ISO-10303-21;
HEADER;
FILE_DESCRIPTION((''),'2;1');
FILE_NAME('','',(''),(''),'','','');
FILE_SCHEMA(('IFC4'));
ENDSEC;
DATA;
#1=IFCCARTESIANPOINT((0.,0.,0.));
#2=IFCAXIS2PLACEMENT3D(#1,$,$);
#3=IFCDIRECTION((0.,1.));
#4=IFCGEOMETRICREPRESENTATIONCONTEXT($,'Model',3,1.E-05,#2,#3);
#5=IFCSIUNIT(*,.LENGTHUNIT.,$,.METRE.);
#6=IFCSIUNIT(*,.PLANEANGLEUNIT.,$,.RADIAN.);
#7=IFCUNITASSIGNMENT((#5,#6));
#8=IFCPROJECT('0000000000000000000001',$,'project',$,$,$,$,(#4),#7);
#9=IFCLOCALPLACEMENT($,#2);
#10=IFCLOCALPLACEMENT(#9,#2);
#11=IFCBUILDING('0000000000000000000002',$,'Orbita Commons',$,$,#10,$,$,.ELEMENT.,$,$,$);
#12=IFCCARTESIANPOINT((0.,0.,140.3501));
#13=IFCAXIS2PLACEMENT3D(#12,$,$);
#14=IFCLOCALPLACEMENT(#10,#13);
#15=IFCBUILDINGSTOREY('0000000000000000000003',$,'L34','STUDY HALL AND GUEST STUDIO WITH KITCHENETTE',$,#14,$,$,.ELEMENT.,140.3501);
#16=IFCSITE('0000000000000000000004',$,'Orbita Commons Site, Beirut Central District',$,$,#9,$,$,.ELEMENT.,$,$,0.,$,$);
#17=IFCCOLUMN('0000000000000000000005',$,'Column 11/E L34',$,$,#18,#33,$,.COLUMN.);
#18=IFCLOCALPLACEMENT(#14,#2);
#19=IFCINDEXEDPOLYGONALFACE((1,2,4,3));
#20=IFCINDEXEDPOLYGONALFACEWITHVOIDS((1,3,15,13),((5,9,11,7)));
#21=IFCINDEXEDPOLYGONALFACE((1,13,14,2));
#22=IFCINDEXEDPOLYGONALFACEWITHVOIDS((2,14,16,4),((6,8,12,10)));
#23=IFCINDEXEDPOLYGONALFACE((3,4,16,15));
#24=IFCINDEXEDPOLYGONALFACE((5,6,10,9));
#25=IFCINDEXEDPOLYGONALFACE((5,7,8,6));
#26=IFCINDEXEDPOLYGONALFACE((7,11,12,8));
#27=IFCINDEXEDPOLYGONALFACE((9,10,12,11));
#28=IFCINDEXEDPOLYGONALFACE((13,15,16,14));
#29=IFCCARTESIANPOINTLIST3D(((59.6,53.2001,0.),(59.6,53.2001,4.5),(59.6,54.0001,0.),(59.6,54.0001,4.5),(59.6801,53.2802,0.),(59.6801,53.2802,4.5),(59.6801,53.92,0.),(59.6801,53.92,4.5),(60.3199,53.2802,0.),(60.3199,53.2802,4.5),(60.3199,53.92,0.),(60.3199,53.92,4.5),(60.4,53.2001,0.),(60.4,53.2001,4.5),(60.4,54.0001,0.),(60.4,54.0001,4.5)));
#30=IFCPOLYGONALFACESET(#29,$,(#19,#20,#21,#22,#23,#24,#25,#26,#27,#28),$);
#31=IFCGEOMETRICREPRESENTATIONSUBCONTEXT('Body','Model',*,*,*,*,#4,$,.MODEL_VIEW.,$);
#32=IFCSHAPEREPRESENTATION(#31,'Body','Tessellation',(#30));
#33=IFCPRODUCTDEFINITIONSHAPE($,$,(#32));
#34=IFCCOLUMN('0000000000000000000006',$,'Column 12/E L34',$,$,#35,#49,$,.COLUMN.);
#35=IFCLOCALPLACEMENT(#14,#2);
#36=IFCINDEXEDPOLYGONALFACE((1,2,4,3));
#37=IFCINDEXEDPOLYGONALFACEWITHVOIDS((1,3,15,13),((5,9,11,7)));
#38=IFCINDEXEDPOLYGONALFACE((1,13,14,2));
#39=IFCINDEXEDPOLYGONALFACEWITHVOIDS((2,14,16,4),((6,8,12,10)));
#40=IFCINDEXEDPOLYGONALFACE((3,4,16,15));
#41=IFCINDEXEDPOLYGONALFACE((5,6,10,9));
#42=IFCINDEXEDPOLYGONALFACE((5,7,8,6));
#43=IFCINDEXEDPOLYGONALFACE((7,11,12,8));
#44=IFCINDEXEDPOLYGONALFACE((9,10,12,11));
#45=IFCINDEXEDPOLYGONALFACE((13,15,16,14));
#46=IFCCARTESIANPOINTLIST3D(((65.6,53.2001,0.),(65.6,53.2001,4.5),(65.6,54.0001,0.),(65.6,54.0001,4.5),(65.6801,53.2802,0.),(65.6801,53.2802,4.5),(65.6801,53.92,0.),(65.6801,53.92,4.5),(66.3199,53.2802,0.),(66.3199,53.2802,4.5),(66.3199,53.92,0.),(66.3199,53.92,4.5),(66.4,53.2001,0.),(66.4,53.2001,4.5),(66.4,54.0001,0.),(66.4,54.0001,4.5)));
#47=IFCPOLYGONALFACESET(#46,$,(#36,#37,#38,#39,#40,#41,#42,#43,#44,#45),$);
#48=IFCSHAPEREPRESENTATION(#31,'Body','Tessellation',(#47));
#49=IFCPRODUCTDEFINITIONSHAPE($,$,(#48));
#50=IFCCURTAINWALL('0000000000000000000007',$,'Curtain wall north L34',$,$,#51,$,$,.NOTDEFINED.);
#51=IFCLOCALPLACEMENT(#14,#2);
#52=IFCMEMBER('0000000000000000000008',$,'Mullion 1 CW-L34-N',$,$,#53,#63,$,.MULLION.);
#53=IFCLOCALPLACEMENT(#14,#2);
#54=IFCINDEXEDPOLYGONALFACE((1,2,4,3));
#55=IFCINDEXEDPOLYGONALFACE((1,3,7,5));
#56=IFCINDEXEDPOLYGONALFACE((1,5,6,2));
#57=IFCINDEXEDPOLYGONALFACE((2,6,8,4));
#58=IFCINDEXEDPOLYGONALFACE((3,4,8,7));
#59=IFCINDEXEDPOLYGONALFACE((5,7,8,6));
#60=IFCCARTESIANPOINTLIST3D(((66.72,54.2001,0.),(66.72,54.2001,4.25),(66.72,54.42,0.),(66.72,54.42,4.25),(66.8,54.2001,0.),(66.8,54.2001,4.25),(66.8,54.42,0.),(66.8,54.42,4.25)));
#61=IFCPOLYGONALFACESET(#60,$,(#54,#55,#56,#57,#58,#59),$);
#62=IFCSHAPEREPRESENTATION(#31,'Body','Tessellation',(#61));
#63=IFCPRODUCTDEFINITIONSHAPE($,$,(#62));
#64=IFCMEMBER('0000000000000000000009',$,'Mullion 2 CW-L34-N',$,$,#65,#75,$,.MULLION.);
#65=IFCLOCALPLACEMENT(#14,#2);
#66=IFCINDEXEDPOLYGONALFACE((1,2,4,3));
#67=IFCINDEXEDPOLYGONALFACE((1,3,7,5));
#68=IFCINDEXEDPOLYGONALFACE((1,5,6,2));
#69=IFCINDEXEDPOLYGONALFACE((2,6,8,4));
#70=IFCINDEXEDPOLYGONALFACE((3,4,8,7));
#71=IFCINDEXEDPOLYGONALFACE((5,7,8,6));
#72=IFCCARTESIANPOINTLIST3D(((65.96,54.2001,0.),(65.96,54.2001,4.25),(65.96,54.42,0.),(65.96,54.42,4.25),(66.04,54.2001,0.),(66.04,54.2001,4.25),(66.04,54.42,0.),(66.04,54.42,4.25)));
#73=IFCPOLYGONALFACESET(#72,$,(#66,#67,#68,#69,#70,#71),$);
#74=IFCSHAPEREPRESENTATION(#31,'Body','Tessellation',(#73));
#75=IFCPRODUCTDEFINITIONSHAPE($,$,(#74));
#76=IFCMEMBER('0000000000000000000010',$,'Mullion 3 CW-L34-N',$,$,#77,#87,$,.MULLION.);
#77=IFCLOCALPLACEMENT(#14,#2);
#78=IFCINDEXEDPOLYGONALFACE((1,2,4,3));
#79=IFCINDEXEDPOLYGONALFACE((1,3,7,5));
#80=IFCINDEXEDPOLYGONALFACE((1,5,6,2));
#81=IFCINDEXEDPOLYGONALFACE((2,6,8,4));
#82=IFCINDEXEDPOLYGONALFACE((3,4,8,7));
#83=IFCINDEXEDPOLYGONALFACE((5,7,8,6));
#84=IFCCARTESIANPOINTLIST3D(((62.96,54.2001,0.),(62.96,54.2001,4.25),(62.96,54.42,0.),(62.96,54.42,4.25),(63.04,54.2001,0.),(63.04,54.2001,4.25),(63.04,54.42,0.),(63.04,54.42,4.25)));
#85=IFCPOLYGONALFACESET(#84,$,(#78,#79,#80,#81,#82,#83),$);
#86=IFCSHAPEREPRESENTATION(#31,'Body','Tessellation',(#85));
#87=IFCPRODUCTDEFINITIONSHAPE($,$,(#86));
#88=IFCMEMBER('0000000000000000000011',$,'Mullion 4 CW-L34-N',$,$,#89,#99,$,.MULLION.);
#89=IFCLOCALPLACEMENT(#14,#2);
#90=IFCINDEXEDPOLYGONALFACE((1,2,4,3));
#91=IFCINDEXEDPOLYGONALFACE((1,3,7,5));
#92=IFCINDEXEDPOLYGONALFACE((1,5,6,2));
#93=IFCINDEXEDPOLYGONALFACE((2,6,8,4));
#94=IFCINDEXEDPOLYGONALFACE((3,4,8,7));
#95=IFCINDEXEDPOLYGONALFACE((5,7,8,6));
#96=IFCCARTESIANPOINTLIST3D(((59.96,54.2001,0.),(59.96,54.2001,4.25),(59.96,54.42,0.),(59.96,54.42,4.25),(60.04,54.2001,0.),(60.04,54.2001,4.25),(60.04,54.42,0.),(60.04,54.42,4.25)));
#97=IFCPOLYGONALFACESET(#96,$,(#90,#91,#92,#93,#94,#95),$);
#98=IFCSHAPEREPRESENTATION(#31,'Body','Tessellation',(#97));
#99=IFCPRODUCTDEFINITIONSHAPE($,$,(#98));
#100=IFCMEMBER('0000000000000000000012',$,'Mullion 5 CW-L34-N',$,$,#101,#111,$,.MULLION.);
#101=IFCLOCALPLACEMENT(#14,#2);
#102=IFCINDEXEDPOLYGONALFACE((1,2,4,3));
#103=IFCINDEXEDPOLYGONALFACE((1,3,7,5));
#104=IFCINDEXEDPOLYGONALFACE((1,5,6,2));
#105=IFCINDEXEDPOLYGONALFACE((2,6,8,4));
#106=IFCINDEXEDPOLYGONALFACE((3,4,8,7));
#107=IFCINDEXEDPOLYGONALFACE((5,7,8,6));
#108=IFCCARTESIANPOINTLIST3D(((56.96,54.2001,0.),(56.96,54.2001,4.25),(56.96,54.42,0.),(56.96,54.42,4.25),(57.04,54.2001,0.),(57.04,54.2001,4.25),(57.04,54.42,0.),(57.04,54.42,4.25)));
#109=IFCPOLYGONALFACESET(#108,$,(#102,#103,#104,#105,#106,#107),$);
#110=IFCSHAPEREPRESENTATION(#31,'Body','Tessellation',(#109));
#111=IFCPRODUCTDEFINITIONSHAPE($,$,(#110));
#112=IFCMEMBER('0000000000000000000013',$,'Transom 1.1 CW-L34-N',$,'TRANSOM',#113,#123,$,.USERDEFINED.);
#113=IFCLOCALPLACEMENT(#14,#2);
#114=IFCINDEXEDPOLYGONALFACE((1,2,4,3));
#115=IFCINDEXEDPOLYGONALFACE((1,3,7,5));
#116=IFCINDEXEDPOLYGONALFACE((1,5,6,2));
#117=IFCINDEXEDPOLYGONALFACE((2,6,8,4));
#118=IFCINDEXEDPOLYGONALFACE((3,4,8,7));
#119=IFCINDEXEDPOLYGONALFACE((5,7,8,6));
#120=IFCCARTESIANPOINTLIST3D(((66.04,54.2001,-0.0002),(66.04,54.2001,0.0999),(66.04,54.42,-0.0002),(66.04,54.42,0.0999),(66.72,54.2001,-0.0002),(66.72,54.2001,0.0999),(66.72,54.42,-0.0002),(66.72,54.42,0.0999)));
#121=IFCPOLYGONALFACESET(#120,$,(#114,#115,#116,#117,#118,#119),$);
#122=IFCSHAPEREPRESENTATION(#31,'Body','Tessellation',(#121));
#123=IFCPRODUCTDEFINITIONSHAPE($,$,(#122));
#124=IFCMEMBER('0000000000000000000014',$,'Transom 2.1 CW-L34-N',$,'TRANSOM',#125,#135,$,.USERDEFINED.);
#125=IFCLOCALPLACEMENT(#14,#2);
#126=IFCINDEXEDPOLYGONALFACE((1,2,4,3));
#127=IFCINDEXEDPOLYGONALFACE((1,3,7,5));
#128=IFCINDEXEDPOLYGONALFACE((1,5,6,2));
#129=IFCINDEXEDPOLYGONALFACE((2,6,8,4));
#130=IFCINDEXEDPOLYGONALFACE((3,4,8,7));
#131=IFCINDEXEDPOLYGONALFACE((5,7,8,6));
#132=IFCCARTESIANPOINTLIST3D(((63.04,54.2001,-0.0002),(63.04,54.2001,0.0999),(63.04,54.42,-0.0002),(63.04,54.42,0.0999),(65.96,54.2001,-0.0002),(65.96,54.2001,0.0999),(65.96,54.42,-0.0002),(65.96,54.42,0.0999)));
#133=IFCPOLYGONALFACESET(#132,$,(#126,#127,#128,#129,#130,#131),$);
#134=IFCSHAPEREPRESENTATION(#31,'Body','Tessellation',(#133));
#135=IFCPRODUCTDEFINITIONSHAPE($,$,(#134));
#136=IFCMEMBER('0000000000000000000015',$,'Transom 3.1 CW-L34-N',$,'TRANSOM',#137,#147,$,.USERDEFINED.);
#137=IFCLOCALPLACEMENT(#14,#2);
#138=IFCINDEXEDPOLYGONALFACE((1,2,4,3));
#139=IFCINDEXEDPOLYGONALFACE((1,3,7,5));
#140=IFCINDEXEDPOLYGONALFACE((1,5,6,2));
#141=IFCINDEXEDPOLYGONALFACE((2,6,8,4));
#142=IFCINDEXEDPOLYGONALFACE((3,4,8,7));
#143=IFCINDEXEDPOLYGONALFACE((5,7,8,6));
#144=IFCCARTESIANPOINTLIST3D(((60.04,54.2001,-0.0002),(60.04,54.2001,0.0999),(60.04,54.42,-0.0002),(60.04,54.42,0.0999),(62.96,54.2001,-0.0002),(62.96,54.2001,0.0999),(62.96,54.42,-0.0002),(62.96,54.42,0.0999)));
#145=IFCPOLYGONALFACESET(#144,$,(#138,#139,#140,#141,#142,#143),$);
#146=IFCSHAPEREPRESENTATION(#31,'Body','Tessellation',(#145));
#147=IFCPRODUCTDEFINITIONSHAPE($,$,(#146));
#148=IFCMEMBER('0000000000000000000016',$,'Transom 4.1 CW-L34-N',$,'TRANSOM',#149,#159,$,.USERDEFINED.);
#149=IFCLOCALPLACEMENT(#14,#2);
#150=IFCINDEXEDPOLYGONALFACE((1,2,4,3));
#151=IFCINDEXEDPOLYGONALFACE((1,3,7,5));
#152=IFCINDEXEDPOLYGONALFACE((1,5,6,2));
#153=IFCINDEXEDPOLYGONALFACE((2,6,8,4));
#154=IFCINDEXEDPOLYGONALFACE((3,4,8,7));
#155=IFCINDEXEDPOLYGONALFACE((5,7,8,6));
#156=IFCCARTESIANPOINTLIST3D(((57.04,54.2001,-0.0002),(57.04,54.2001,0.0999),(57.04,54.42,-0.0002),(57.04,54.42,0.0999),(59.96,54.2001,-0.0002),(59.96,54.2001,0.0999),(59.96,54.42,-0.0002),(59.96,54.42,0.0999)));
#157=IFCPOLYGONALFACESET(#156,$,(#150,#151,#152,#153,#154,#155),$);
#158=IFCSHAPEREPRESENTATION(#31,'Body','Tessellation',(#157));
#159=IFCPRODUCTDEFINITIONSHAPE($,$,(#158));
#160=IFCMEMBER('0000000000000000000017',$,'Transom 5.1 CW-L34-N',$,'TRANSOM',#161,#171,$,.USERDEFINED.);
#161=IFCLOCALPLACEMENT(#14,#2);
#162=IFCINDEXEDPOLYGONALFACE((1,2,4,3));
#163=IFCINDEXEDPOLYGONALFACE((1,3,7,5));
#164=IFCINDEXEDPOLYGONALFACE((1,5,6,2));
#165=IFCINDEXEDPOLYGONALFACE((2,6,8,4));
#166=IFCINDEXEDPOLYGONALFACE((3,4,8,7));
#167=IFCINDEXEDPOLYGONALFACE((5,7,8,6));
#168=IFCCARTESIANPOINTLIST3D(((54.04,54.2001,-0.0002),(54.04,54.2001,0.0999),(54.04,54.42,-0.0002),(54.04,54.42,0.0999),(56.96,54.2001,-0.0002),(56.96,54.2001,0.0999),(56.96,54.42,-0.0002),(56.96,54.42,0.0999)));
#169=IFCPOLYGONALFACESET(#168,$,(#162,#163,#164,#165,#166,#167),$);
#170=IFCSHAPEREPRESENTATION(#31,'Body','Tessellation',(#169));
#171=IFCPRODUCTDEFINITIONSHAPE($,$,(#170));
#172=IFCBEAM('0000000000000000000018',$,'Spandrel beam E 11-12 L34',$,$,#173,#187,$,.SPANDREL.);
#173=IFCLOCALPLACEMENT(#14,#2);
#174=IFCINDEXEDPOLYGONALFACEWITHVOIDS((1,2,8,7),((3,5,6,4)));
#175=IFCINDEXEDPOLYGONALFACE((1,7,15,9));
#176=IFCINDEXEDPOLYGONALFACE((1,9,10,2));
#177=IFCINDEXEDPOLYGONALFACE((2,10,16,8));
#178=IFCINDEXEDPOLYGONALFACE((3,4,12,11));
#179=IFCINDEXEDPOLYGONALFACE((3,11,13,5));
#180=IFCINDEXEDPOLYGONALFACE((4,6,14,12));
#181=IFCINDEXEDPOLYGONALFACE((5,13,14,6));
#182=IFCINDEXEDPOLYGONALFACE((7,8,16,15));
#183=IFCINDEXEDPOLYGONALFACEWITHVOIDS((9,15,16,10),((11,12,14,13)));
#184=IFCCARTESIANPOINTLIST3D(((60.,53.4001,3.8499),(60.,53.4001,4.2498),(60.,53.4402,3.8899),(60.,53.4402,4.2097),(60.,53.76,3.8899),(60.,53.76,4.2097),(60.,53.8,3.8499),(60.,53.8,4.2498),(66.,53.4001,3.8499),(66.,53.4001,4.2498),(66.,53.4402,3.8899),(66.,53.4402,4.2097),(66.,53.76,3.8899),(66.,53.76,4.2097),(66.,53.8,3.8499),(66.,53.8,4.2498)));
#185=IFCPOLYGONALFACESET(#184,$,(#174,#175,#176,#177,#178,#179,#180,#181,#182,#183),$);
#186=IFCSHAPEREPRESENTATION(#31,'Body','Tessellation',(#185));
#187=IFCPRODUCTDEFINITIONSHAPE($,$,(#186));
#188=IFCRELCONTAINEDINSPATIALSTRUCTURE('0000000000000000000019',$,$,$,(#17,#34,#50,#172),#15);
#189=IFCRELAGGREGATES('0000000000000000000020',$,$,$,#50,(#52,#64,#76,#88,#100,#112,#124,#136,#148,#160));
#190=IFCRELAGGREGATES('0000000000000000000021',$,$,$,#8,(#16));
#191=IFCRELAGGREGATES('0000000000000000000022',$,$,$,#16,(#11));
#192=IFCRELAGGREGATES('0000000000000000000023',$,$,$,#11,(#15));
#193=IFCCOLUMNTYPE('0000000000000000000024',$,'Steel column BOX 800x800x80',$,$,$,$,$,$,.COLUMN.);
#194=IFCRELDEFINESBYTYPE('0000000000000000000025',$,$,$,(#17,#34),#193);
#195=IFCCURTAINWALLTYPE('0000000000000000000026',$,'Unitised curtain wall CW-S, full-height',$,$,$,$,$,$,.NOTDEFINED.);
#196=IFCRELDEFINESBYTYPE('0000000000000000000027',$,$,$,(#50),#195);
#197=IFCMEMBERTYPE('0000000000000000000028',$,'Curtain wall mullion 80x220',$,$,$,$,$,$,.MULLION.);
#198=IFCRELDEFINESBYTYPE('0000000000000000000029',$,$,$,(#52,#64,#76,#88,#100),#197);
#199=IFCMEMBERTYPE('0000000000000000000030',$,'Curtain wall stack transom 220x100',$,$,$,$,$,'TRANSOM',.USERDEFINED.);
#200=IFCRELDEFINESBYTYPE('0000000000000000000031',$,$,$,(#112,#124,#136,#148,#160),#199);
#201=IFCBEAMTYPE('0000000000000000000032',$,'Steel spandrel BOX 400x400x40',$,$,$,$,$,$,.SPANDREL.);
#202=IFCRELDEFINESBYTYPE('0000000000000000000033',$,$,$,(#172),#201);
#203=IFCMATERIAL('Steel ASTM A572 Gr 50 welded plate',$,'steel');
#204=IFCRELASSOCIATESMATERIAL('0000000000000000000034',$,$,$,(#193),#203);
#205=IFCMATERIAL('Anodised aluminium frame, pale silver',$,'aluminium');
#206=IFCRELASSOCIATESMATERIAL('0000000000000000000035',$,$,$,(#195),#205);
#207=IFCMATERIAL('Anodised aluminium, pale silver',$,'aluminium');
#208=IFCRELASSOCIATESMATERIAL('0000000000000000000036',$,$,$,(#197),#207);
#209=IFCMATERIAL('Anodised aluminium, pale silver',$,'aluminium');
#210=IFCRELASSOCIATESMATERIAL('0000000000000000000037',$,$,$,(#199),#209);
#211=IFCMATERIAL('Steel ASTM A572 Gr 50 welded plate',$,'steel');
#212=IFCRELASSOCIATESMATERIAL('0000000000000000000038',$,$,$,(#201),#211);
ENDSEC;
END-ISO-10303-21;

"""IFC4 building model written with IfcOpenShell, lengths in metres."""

from ifc_helpers import new_model, si_unit, direction, frame, origin, origin_2d, place, context, subcontext, project, spatial, rectangle, hollow_rectangle, extrude, material, material_profile, profile_set, type_object, element, aggregate, save


model = new_model("IFC4")

# Units and contexts
model_context = context("Model", 3, precision=1e-05, world=origin(), true_north=direction((0.0, 1.0)))
body_context = subcontext(model_context, "Body", "Model", "MODEL_VIEW")
ifc_project = project(units=[si_unit("LENGTHUNIT", "METRE"), si_unit("PLANEANGLEUNIT", "RADIAN")], contexts=[model_context])

# Site, building, storey
site_placement = place(None, origin())
site = spatial("IfcSite", under=ifc_project, at=site_placement, Name="Orbita Commons Site, Beirut Central District", CompositionType="ELEMENT", RefElevation=0.0)
building_placement = place(site_placement, origin())
building = spatial("IfcBuilding", under=site, at=building_placement, Name="Orbita Commons", CompositionType="ELEMENT")
storey_placement = place(building_placement, frame((0.0, 0.0, 140.3501)))
storey = spatial("IfcBuildingStorey", under=building, at=storey_placement, Name="L34", Description="STUDY HALL AND GUEST STUDIO WITH KITCHENETTE", CompositionType="ELEMENT", Elevation=140.3501)

# Columns
ifc_material_1 = material(Name="Steel ASTM A572 Gr 50 welded plate", Category="steel")
ifc_material_profile_1 = material_profile(ifc_material_1, hollow_rectangle(XDim=0.8, YDim=0.8, WallThickness=0.0801, at=origin_2d()), Name="BOX 800x800x80")
ifc_profile_set_1 = profile_set([ifc_material_profile_1], Name="Steel ASTM A572 Gr 50 welded plate")
column_type = type_object("IfcColumnType", Name="Steel column BOX 800x800x80", PredefinedType="COLUMN", material=ifc_profile_set_1)
for number, where, z_axis, x_axis, name in (
    (1, (60.0, 53.6001, 0.0), (0.0, 0.0, 1.0), (1.0, 0.0, 0.0), "Column 11/E L34"),
    (2, (66.0, 53.6001, 0.0), (0.0, 0.0, 1.0), (1.0, 0.0, 0.0), "Column 12/E L34"),
):
    element("IfcColumn", number, at=place(storey_placement, frame(where, z_axis=z_axis, x_axis=x_axis)), inside=storey, type_object=column_type, Name=name, PredefinedType="COLUMN", context=body_context, shape_type="SweptSolid", body=[
        extrude(hollow_rectangle(XDim=0.8, YDim=0.8, WallThickness=0.0801, at=origin_2d()), origin(), (0.0, 0.0, 1.0), 4.5),
    ])

# Curtain wall, members
ifc_material_2 = material(Name="Anodised aluminium frame, pale silver", Category="aluminium")
curtain_wall_type = type_object("IfcCurtainWallType", Name="Unitised curtain wall CW-S, full-height", PredefinedType="NOTDEFINED", material=ifc_material_2)
curtain_wall_placement = place(storey_placement, origin())
curtain_wall = element("IfcCurtainWall", 3, at=curtain_wall_placement, inside=storey, type_object=curtain_wall_type, Name="Curtain wall north L34", PredefinedType="NOTDEFINED")
ifc_material_3 = material(Name="Anodised aluminium, pale silver", Category="aluminium")
ifc_material_profile_2 = material_profile(ifc_material_3, rectangle(XDim=0.0801, YDim=0.22, at=origin_2d()), Name="AL 80x220")
ifc_profile_set_2 = profile_set([ifc_material_profile_2], Name="Anodised aluminium, pale silver")
member_type_1 = type_object("IfcMemberType", Name="Curtain wall mullion 80x220", PredefinedType="MULLION", material=ifc_profile_set_2)
member_1_placement = place(storey_placement, frame((66.76, 54.3101, 0.0), z_axis=(0.0, 0.0, 1.0), x_axis=(-1.0, 0.0, 0.0)))
member_1 = element("IfcMember", 4, at=member_1_placement, type_object=member_type_1, Name="Mullion 1 CW-L34-N", PredefinedType="MULLION", context=body_context, shape_type="SweptSolid", body=[
    extrude(rectangle(XDim=0.0801, YDim=0.22, at=origin_2d()), origin(), (0.0, 0.0, 1.0), 4.25),
])
member_2_placement = place(storey_placement, frame((66.0, 54.3101, 0.0), z_axis=(0.0, 0.0, 1.0), x_axis=(-1.0, 0.0, 0.0)))
member_2 = element("IfcMember", 5, at=member_2_placement, type_object=member_type_1, Name="Mullion 2 CW-L34-N", PredefinedType="MULLION", context=body_context, shape_type="SweptSolid", body=[
    extrude(rectangle(XDim=0.0801, YDim=0.22, at=origin_2d()), origin(), (0.0, 0.0, 1.0), 4.25),
])
member_3_placement = place(storey_placement, frame((63.0, 54.3101, 0.0), z_axis=(0.0, 0.0, 1.0), x_axis=(-1.0, 0.0, 0.0)))
member_3 = element("IfcMember", 6, at=member_3_placement, type_object=member_type_1, Name="Mullion 3 CW-L34-N", PredefinedType="MULLION", context=body_context, shape_type="SweptSolid", body=[
    extrude(rectangle(XDim=0.0801, YDim=0.22, at=origin_2d()), origin(), (0.0, 0.0, 1.0), 4.25),
])
member_4_placement = place(storey_placement, frame((60.0, 54.3101, 0.0), z_axis=(0.0, 0.0, 1.0), x_axis=(-1.0, 0.0, 0.0)))
member_4 = element("IfcMember", 7, at=member_4_placement, type_object=member_type_1, Name="Mullion 4 CW-L34-N", PredefinedType="MULLION", context=body_context, shape_type="SweptSolid", body=[
    extrude(rectangle(XDim=0.0801, YDim=0.22, at=origin_2d()), origin(), (0.0, 0.0, 1.0), 4.25),
])
member_5_placement = place(storey_placement, frame((57.0, 54.3101, 0.0), z_axis=(0.0, 0.0, 1.0), x_axis=(-1.0, 0.0, 0.0)))
member_5 = element("IfcMember", 8, at=member_5_placement, type_object=member_type_1, Name="Mullion 5 CW-L34-N", PredefinedType="MULLION", context=body_context, shape_type="SweptSolid", body=[
    extrude(rectangle(XDim=0.0801, YDim=0.22, at=origin_2d()), origin(), (0.0, 0.0, 1.0), 4.25),
])
ifc_material_4 = material(Name="Anodised aluminium, pale silver", Category="aluminium")
ifc_material_profile_3 = material_profile(ifc_material_4, rectangle(XDim=0.22, YDim=0.1001, at=origin_2d()), Name="AL 220x100")
ifc_profile_set_3 = profile_set([ifc_material_profile_3], Name="Anodised aluminium, pale silver")
member_type_2 = type_object("IfcMemberType", Name="Curtain wall stack transom 220x100", ElementType="TRANSOM", PredefinedType="USERDEFINED", material=ifc_profile_set_3)
member_6_placement = place(storey_placement, frame((66.72, 54.3101, 0.0498), z_axis=(-1.0, 0.0, 0.0), x_axis=(0.0, -1.0, 0.0)))
member_6 = element("IfcMember", 9, at=member_6_placement, type_object=member_type_2, Name="Transom 1.1 CW-L34-N", ObjectType="TRANSOM", PredefinedType="USERDEFINED", context=body_context, shape_type="SweptSolid", body=[
    extrude(rectangle(XDim=0.22, YDim=0.1001, at=origin_2d()), origin(), (0.0, 0.0, 1.0), 0.6799),
])
member_7_placement = place(storey_placement, frame((65.96, 54.3101, 0.0498), z_axis=(-1.0, 0.0, 0.0), x_axis=(0.0, -1.0, 0.0)))
member_7 = element("IfcMember", 10, at=member_7_placement, type_object=member_type_2, Name="Transom 2.1 CW-L34-N", ObjectType="TRANSOM", PredefinedType="USERDEFINED", context=body_context, shape_type="SweptSolid", body=[
    extrude(rectangle(XDim=0.22, YDim=0.1001, at=origin_2d()), origin(), (0.0, 0.0, 1.0), 2.9199),
])
member_8_placement = place(storey_placement, frame((62.96, 54.3101, 0.0498), z_axis=(-1.0, 0.0, 0.0), x_axis=(0.0, -1.0, 0.0)))
member_8 = element("IfcMember", 11, at=member_8_placement, type_object=member_type_2, Name="Transom 3.1 CW-L34-N", ObjectType="TRANSOM", PredefinedType="USERDEFINED", context=body_context, shape_type="SweptSolid", body=[
    extrude(rectangle(XDim=0.22, YDim=0.1001, at=origin_2d()), origin(), (0.0, 0.0, 1.0), 2.9199),
])
member_9_placement = place(storey_placement, frame((59.96, 54.3101, 0.0498), z_axis=(-1.0, 0.0, 0.0), x_axis=(0.0, -1.0, 0.0)))
member_9 = element("IfcMember", 12, at=member_9_placement, type_object=member_type_2, Name="Transom 4.1 CW-L34-N", ObjectType="TRANSOM", PredefinedType="USERDEFINED", context=body_context, shape_type="SweptSolid", body=[
    extrude(rectangle(XDim=0.22, YDim=0.1001, at=origin_2d()), origin(), (0.0, 0.0, 1.0), 2.9199),
])
member_10_placement = place(storey_placement, frame((56.96, 54.3101, 0.0498), z_axis=(-1.0, 0.0, 0.0), x_axis=(0.0, -1.0, 0.0)))
member_10 = element("IfcMember", 13, at=member_10_placement, type_object=member_type_2, Name="Transom 5.1 CW-L34-N", ObjectType="TRANSOM", PredefinedType="USERDEFINED", context=body_context, shape_type="SweptSolid", body=[
    extrude(rectangle(XDim=0.22, YDim=0.1001, at=origin_2d()), origin(), (0.0, 0.0, 1.0), 2.9199),
])

# Beam
ifc_material_5 = material(Name="Steel ASTM A572 Gr 50 welded plate", Category="steel")
ifc_material_profile_4 = material_profile(ifc_material_5, hollow_rectangle(XDim=0.3999, YDim=0.3999, WallThickness=0.04, at=origin_2d()), Name="BOX 400x400x40")
ifc_profile_set_4 = profile_set([ifc_material_profile_4], Name="Steel ASTM A572 Gr 50 welded plate")
beam_type = type_object("IfcBeamType", Name="Steel spandrel BOX 400x400x40", PredefinedType="SPANDREL", material=ifc_profile_set_4)
beam_placement = place(storey_placement, frame((60.0, 53.6001, 4.0498), z_axis=(1.0, 0.0, 0.0), x_axis=(0.0, 1.0, 0.0)))
element("IfcBeam", 14, at=beam_placement, inside=storey, type_object=beam_type, Name="Spandrel beam E 11-12 L34", PredefinedType="SPANDREL", context=body_context, shape_type="SweptSolid", body=[
    extrude(hollow_rectangle(XDim=0.3999, YDim=0.3999, WallThickness=0.04, at=origin_2d()), origin(), (0.0, 0.0, 1.0), 6.0),
])

aggregate(curtain_wall, [member_1, member_2, member_3, member_4, member_5, member_6, member_7, member_8, member_9, member_10])

save(model, "model.ifc")
